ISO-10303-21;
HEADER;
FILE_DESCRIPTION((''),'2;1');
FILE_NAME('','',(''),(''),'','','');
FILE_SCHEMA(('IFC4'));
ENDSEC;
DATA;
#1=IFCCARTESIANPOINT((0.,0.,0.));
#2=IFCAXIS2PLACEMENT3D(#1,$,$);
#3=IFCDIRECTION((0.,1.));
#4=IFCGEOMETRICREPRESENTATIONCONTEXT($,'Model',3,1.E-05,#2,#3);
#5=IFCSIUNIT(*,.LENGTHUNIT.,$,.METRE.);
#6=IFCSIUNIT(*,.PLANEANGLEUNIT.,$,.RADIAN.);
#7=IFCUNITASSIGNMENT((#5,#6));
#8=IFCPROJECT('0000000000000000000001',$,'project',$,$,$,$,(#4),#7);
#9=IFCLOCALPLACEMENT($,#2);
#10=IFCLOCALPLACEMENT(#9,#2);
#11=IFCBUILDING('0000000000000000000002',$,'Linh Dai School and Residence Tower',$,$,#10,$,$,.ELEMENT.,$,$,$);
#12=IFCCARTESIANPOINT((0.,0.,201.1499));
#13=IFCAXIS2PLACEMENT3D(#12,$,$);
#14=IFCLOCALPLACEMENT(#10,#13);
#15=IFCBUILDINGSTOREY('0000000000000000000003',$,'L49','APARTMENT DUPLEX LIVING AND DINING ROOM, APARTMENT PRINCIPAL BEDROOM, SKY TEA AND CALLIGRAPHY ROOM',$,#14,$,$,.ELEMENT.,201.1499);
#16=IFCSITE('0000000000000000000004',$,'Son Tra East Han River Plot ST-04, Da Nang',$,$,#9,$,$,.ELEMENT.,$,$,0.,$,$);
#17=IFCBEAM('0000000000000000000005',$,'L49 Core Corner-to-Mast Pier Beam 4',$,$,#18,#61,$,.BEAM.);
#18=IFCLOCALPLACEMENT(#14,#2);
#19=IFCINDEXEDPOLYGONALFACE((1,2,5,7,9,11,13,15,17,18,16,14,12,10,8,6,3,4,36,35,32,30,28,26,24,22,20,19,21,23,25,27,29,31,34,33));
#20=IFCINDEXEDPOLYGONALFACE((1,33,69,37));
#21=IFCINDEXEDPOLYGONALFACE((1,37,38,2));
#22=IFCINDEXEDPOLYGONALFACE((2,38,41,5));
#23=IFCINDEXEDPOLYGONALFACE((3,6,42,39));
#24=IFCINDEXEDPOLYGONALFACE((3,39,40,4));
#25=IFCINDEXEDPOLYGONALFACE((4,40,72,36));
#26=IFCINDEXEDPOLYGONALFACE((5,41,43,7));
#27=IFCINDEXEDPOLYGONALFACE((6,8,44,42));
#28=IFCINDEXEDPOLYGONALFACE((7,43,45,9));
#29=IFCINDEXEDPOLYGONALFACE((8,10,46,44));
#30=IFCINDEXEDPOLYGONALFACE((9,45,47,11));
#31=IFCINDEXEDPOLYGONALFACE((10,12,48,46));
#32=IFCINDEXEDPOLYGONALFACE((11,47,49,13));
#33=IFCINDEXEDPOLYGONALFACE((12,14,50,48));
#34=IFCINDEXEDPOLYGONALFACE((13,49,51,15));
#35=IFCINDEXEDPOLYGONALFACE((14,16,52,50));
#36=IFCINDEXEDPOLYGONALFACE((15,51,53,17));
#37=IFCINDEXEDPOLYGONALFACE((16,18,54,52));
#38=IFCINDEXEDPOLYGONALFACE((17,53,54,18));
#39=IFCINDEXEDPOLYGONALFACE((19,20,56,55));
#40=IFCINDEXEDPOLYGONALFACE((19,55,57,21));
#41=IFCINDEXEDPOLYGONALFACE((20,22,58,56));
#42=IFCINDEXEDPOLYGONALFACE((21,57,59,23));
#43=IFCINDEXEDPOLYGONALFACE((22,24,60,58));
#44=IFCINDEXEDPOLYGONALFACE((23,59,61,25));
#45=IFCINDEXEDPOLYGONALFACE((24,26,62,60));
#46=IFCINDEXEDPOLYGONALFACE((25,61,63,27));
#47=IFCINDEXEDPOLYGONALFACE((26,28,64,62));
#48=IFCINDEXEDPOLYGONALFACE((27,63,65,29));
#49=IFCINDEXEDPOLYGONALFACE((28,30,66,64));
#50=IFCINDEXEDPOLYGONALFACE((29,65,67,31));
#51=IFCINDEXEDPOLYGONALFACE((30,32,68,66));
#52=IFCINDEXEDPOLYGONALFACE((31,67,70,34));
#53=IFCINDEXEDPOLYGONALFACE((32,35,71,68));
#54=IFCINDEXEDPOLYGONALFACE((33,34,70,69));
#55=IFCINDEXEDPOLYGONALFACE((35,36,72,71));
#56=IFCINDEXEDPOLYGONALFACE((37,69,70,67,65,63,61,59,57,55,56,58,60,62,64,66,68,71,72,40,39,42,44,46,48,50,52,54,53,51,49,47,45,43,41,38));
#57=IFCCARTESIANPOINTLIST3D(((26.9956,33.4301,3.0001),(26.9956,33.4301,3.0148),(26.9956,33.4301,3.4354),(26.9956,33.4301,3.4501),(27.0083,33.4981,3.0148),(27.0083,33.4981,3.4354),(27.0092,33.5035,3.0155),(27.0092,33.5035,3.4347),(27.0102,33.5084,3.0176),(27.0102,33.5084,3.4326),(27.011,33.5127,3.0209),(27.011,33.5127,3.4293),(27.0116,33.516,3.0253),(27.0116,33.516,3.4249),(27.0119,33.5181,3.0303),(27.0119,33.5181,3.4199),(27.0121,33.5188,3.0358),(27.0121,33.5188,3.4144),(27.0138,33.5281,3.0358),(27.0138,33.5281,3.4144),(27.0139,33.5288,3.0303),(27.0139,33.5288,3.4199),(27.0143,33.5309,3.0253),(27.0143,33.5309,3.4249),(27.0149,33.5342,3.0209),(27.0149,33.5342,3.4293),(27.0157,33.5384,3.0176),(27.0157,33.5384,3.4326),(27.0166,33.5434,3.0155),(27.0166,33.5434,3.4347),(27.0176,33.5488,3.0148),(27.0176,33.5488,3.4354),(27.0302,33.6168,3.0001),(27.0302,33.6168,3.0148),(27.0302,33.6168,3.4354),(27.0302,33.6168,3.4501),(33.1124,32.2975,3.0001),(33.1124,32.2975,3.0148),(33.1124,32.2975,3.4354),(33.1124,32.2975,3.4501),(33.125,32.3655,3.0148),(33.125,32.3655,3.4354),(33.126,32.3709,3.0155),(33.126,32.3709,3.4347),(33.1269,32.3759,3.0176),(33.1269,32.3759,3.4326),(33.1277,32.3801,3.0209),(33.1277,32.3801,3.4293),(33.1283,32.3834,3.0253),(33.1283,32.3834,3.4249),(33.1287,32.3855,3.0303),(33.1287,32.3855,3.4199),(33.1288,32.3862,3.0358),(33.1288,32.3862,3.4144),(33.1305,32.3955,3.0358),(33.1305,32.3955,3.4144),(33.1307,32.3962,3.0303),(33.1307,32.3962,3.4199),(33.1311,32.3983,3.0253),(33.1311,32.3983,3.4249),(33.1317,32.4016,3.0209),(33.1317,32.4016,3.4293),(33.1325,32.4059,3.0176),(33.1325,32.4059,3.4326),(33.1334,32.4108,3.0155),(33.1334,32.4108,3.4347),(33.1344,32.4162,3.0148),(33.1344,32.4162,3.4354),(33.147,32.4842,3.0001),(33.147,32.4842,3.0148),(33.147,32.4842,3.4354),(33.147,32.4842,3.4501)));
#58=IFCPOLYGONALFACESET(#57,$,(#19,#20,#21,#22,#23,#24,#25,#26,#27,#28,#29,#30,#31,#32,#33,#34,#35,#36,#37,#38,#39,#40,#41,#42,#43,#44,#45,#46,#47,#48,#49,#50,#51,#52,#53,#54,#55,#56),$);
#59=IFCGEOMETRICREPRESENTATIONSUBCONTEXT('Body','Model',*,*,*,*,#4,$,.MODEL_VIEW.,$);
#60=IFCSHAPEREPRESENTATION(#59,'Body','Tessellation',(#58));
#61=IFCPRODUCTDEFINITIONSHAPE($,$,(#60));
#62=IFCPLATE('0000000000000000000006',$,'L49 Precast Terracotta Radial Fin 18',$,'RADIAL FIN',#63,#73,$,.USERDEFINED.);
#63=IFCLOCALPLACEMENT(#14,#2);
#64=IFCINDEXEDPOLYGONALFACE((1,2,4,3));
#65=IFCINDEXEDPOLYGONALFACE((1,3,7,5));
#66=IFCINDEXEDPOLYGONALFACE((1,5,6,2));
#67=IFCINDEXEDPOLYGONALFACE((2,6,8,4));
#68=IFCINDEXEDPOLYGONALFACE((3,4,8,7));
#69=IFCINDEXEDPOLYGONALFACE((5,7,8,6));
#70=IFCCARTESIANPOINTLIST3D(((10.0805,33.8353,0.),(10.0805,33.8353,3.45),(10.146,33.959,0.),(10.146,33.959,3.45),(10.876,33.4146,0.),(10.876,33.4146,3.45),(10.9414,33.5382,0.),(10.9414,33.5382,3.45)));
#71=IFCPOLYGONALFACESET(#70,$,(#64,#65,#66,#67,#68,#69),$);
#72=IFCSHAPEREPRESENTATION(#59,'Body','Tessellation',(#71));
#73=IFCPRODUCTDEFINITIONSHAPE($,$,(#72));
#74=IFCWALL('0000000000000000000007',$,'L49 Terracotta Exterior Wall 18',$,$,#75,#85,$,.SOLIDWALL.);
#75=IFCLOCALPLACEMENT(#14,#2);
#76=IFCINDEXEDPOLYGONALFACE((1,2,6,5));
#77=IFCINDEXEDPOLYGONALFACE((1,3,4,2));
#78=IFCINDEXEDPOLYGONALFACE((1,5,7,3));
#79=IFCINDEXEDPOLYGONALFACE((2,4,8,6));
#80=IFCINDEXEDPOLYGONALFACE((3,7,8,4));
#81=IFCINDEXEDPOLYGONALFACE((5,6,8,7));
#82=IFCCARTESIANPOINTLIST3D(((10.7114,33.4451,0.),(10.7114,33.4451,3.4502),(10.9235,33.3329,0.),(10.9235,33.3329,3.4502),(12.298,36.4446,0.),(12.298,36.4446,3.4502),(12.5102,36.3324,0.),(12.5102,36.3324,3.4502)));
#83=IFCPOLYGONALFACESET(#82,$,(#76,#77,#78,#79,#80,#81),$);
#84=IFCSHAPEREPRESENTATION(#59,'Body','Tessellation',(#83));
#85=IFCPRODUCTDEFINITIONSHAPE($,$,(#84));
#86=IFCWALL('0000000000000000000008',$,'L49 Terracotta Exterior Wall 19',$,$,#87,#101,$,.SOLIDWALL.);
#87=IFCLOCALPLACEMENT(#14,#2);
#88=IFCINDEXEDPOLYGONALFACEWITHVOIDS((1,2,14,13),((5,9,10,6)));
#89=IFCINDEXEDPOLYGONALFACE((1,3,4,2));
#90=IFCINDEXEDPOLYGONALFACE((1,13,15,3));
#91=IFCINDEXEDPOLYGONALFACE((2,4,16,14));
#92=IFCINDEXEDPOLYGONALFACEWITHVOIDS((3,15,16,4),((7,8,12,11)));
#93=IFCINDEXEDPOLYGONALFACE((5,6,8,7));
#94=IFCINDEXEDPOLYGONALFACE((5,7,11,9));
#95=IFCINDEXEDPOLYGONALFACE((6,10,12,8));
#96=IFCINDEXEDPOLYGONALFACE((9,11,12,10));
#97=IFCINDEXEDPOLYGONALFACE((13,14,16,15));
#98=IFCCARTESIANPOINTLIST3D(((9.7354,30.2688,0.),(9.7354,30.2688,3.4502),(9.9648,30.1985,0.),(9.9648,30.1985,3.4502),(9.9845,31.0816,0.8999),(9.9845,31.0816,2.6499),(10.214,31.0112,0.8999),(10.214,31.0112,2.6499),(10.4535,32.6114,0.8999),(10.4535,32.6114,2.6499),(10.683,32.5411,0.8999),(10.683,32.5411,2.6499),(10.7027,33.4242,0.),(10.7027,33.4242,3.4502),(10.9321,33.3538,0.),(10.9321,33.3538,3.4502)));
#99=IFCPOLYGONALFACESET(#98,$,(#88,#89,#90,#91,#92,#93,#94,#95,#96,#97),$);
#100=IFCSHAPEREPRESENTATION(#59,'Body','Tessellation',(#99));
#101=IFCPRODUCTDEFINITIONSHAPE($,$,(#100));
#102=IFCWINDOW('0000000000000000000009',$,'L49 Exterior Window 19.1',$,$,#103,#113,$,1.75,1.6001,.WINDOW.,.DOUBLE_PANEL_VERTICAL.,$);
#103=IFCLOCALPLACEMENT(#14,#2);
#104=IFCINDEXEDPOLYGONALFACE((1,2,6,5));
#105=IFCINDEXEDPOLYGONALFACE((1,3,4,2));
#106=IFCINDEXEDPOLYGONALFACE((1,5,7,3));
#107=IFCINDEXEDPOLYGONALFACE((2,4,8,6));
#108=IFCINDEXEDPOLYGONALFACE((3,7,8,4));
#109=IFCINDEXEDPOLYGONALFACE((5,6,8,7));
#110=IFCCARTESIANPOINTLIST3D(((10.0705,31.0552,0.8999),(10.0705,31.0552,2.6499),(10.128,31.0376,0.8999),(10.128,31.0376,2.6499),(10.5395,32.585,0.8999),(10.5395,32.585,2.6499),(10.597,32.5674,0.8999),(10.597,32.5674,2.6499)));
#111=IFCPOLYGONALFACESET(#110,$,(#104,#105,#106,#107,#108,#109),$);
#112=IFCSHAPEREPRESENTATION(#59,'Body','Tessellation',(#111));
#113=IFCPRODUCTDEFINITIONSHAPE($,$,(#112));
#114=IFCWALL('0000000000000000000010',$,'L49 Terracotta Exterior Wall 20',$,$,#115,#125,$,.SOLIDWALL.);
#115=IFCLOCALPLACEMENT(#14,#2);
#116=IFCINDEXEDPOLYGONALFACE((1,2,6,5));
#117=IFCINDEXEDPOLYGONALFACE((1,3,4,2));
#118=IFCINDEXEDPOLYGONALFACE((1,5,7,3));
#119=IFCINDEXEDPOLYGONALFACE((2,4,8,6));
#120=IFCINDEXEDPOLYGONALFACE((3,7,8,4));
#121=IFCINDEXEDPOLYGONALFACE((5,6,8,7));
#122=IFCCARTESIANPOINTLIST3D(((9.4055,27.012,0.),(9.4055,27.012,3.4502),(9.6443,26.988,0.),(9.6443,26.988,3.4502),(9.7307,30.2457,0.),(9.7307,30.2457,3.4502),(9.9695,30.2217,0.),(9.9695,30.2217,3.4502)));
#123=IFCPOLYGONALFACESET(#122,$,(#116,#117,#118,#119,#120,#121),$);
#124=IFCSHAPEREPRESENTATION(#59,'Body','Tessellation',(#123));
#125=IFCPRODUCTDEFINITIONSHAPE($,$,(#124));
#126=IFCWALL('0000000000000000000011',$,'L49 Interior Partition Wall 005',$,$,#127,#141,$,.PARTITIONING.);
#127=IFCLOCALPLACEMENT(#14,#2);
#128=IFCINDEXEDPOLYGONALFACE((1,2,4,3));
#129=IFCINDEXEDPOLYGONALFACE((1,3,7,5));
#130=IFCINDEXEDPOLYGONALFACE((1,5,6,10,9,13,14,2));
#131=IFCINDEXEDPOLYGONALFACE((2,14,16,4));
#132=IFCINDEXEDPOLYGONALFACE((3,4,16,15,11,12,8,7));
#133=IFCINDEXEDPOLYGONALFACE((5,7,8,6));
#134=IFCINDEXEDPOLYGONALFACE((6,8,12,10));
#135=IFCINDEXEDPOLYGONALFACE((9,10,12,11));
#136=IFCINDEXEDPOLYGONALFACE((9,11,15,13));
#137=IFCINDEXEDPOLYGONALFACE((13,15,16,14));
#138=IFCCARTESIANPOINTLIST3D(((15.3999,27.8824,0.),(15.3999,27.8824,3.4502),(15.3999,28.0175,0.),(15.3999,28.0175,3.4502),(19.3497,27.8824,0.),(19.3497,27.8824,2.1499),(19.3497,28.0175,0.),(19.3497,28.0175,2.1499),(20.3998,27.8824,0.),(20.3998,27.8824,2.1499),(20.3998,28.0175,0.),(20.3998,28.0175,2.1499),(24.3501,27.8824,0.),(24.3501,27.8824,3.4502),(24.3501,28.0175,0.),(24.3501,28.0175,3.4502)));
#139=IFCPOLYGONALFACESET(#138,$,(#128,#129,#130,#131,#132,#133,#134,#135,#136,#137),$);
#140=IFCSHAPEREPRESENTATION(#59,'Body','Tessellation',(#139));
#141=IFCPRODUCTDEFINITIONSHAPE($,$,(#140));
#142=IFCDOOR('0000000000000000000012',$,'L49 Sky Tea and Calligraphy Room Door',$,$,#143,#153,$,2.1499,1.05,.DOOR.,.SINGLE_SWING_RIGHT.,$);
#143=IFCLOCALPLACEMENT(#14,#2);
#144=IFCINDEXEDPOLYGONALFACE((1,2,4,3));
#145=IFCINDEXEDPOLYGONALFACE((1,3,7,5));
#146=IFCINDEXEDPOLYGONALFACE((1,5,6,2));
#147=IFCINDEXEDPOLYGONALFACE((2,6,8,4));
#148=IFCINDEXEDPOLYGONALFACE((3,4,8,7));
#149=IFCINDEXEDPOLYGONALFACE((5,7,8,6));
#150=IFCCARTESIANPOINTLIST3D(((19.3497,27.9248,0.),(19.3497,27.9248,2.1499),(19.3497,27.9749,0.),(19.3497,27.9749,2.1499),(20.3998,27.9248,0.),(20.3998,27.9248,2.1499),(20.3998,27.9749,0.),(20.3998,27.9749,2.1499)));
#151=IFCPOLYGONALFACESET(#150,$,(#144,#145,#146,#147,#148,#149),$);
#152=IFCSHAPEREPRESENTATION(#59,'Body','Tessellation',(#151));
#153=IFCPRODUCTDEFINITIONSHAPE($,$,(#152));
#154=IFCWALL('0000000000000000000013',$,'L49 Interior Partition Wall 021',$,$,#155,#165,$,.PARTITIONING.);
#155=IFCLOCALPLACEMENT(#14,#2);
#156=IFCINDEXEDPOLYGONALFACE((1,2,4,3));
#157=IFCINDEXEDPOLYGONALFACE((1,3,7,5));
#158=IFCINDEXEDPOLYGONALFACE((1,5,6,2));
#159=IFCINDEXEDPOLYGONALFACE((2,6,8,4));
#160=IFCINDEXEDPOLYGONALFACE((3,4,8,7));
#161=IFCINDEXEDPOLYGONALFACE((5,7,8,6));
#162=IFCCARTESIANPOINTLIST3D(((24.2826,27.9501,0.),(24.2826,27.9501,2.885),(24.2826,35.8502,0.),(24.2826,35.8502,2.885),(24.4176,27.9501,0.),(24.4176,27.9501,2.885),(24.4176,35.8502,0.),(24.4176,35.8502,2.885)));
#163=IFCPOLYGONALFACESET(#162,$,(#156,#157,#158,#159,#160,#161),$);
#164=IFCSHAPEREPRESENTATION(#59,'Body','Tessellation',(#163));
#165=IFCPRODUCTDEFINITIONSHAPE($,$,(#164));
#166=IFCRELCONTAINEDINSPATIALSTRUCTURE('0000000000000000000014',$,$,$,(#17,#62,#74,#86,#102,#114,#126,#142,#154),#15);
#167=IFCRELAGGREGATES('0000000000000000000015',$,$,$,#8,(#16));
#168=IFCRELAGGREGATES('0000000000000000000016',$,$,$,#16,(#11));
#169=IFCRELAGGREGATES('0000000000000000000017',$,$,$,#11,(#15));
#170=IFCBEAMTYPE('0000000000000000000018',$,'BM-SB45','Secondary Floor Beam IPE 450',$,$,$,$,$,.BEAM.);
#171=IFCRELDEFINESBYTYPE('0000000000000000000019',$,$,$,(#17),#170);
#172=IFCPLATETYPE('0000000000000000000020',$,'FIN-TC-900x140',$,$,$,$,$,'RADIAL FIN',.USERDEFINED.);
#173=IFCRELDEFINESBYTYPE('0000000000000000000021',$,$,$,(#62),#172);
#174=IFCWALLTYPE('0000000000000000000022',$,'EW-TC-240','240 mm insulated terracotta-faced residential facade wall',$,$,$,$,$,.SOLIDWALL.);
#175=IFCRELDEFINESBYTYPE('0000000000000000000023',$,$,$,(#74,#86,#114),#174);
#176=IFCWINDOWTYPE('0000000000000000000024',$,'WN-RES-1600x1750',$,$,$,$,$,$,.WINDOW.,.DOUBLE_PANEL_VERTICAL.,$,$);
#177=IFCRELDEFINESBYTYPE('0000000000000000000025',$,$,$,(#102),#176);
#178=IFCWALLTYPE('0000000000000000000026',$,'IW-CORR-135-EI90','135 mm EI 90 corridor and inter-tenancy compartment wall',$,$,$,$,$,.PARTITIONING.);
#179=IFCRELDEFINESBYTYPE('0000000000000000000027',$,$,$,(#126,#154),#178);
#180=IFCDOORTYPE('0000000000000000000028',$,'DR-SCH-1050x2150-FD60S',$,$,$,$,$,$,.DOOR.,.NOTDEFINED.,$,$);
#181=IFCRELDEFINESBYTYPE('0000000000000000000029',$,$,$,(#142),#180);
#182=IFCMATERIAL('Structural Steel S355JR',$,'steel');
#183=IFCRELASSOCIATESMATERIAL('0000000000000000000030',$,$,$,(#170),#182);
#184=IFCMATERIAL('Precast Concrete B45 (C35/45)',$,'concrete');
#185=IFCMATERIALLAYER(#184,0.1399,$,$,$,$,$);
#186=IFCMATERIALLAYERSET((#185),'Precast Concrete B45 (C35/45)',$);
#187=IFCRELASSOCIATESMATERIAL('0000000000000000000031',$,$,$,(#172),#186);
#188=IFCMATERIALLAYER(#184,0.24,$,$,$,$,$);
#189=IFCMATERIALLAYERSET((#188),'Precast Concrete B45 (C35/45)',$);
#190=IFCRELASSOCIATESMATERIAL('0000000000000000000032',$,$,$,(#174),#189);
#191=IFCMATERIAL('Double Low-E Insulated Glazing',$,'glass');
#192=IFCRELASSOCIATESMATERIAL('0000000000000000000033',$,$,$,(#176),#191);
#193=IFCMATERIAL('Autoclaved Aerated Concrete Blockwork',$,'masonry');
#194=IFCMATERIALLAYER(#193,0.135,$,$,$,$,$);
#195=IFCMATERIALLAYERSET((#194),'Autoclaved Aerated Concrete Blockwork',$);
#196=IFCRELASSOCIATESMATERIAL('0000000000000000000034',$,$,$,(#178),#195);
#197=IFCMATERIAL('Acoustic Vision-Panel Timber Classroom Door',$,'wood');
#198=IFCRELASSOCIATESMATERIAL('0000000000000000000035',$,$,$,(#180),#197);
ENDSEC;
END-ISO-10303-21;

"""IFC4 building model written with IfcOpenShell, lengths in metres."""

from ifc_helpers import new_model, si_unit, direction, frame, frame_2d, origin, origin_2d, place, context, subcontext, project, spatial, rectangle, i_section, extrude, source, transform, mapped, material, layer, layer_set, material_profile, profile_set, type_object, element, fill, save


model = new_model("IFC4")

# Units and contexts
model_context = context("Model", 3, precision=1e-05, world=origin(), true_north=direction((0.0, 1.0)))
body_context = subcontext(model_context, "Body", "Model", "MODEL_VIEW")
ifc_project = project(units=[si_unit("LENGTHUNIT", "METRE"), si_unit("PLANEANGLEUNIT", "RADIAN")], contexts=[model_context])

# Site, building, storey
site_placement = place(None, origin())
site = spatial("IfcSite", under=ifc_project, at=site_placement, Name="Son Tra East Han River Plot ST-04, Da Nang", CompositionType="ELEMENT", RefElevation=0.0)
building_placement = place(site_placement, origin())
building = spatial("IfcBuilding", under=site, at=building_placement, Name="Linh Dai School and Residence Tower", CompositionType="ELEMENT")
storey_placement = place(building_placement, frame((0.0, 0.0, 201.1499)))
storey = spatial("IfcBuildingStorey", under=building, at=storey_placement, Name="L49", Description="APARTMENT DUPLEX LIVING AND DINING ROOM, APARTMENT PRINCIPAL BEDROOM, SKY TEA AND CALLIGRAPHY ROOM", CompositionType="ELEMENT", Elevation=201.1499)

# Shared definitions
ifc_material_1 = material(Name="Structural Steel S355JR", Category="steel")

# Beam
ifc_material_profile_1 = material_profile(ifc_material_1, i_section(OverallWidth=0.1899, OverallDepth=0.45, WebThickness=0.0095, FlangeThickness=0.0146, FilletRadius=0.021, at=origin_2d()), Name="IPE 450")
ifc_profile_set_1 = profile_set([ifc_material_profile_1], Name="Structural Steel S355JR")
beam_type_1 = type_object("IfcBeamType", Name="BM-SB45", Description="Secondary Floor Beam IPE 450", PredefinedType="BEAM", material=ifc_profile_set_1)
beam_1_placement = place(storey_placement, frame((27.0129, 33.5234, 3.2251), z_axis=(0.983286, -0.182065, 0.0), x_axis=(0.182065, 0.983286, 0.0)))
element("IfcBeam", 1, at=beam_1_placement, inside=storey, type_object=beam_type_1, Name="L49 Core Corner-to-Mast Pier Beam 4", PredefinedType="BEAM", context=body_context, shape_type="SweptSolid", body=[
    extrude(i_section(OverallWidth=0.1899, OverallDepth=0.45, WebThickness=0.0095, FlangeThickness=0.0146, FilletRadius=0.021, at=origin_2d()), origin(), (0.0, 0.0, 1.0), 6.2207),
])

# Plate
ifc_material_2 = material(Name="Precast Concrete B45 (C35/45)", Category="concrete")
ifc_layer_1 = layer(ifc_material_2, 0.1399)
ifc_layer_set_1 = layer_set([ifc_layer_1], Name="Precast Concrete B45 (C35/45)")
plate_type = type_object("IfcPlateType", Name="FIN-TC-900x140", ElementType="RADIAL FIN", PredefinedType="USERDEFINED", material=ifc_layer_set_1)
shared_shape_1 = source(origin(), body_context, "Body", "SweptSolid", [
    extrude(rectangle(XDim=0.8999, YDim=0.1399, at=origin_2d()), origin(), (0.0, 0.0, 1.0), 3.45),
])
plate_placement = place(storey_placement, frame((10.511, 33.6868, 0.0), z_axis=(0.0, 0.0, 1.0), x_axis=(-0.883951, 0.46758, 0.0)))
element("IfcPlate", 2, at=plate_placement, inside=storey, type_object=plate_type, Name="L49 Precast Terracotta Radial Fin 18", ObjectType="RADIAL FIN", PredefinedType="USERDEFINED", context=body_context, shape_type="MappedRepresentation", body=[
    mapped(shared_shape_1, transform((0.0, 0.0, 0.0), x_axis=(1.0, 0.0, 0.0), y_axis=(0.0, 1.0, 0.0), z_axis=(0.0, 0.0, 1.0), scale=1.0)),
])

# Wall
ifc_layer_2 = layer(ifc_material_2, 0.24)
ifc_layer_set_2 = layer_set([ifc_layer_2], Name="Precast Concrete B45 (C35/45)")
wall_type_1 = type_object("IfcWallType", Name="EW-TC-240", Description="240 mm insulated terracotta-faced residential facade wall", PredefinedType="SOLIDWALL", material=ifc_layer_set_2)
wall_1_placement = place(storey_placement, frame((10.8174, 33.3889, 0.0), z_axis=(0.0, 0.0, 1.0), x_axis=(0.467587, 0.883947, 0.0)))
element("IfcWall", 3, at=wall_1_placement, inside=storey, type_object=wall_type_1, Name="L49 Terracotta Exterior Wall 18", PredefinedType="SOLIDWALL", context=body_context, shape_type="SweptSolid", body=[
    extrude(rectangle(XDim=3.3933, YDim=0.24, at=frame_2d((1.6968, 0.0))), origin(), (0.0, 0.0, 1.0), 3.4502),
])

# Wall, opening, window
wall_2_placement = place(storey_placement, frame((9.8501, 30.2336, 0.0), z_axis=(0.0, 0.0, 1.0), x_axis=(0.293098, 0.956082, 0.0)))
wall_2 = element("IfcWall", 4, at=wall_2_placement, inside=storey, type_object=wall_type_1, Name="L49 Terracotta Exterior Wall 19", PredefinedType="SOLIDWALL", context=body_context, shape_type="SweptSolid", body=[
    extrude(rectangle(XDim=3.3003, YDim=0.24, at=frame_2d((1.6501, 0.0))), origin(), (0.0, 0.0, 1.0), 3.4502),
])
opening_1_placement = place(wall_2_placement, frame((0.8501, 0.0, 0.8999)))
opening_1 = element("IfcOpeningElement", 5, at=opening_1_placement, cuts=wall_2, PredefinedType="OPENING", context=body_context, shape_type="SweptSolid", body=[
    extrude(rectangle(XDim=1.6001, YDim=1.75, at=origin_2d()), frame((0.8, 0.1299, 0.875), z_axis=(0.0, -1.0, 0.0), x_axis=(1.0, 0.0, 0.0)), (0.0, 0.0, 1.0), 0.26),
])
ifc_material_3 = material(Name="Double Low-E Insulated Glazing", Category="glass")
window_type = type_object("IfcWindowType", Name="WN-RES-1600x1750", PartitioningType="DOUBLE_PANEL_VERTICAL", PredefinedType="WINDOW", material=ifc_material_3)
shared_shape_2 = source(origin(), body_context, "Body", "SweptSolid", [
    extrude(rectangle(XDim=1.6001, YDim=1.75, at=origin_2d()), frame((0.8, 0.03, 0.875), z_axis=(0.0, -1.0, 0.0), x_axis=(1.0, 0.0, 0.0)), (0.0, 0.0, 1.0), 0.0601),
])
window_placement = place(opening_1_placement, origin())
window = element("IfcWindow", 6, at=window_placement, inside=storey, type_object=window_type, Name="L49 Exterior Window 19.1", OverallHeight=1.75, OverallWidth=1.6001, PartitioningType="DOUBLE_PANEL_VERTICAL", PredefinedType="WINDOW", context=body_context, shape_type="MappedRepresentation", body=[
    mapped(shared_shape_2, transform((0.0, 0.0, 0.0), x_axis=(1.0, 0.0, 0.0), y_axis=(0.0, 1.0, 0.0), z_axis=(0.0, 0.0, 1.0), scale=1.0)),
])
fill(opening_1, window)

# Wall
wall_3_placement = place(storey_placement, frame((9.5249, 27.0, 0.0), z_axis=(0.0, 0.0, 1.0), x_axis=(0.100062, 0.994981, 0.0)))
element("IfcWall", 7, at=wall_3_placement, inside=storey, type_object=wall_type_1, Name="L49 Terracotta Exterior Wall 20", PredefinedType="SOLIDWALL", context=body_context, shape_type="SweptSolid", body=[
    extrude(rectangle(XDim=3.25, YDim=0.24, at=frame_2d((1.625, 0.0))), origin(), (0.0, 0.0, 1.0), 3.4502),
])

# Wall, opening, door
ifc_material_4 = material(Name="Autoclaved Aerated Concrete Blockwork", Category="masonry")
ifc_layer_3 = layer(ifc_material_4, 0.135)
ifc_layer_set_3 = layer_set([ifc_layer_3], Name="Autoclaved Aerated Concrete Blockwork")
wall_type_2 = type_object("IfcWallType", Name="IW-CORR-135-EI90", Description="135 mm EI 90 corridor and inter-tenancy compartment wall", PredefinedType="PARTITIONING", material=ifc_layer_set_3)
wall_4_placement = place(storey_placement, frame((15.3999, 27.95, 0.0), z_axis=(0.0, 0.0, 1.0), x_axis=(1.0, 0.0, 0.0)))
wall_4 = element("IfcWall", 8, at=wall_4_placement, inside=storey, type_object=wall_type_2, Name="L49 Interior Partition Wall 005", PredefinedType="PARTITIONING", context=body_context, shape_type="SweptSolid", body=[
    extrude(rectangle(XDim=8.9502, YDim=0.135, at=frame_2d((4.4751, 0.0))), origin(), (0.0, 0.0, 1.0), 3.4502),
])
opening_2_placement = place(wall_4_placement, frame((3.95, 0.0, 0.0)))
opening_2 = element("IfcOpeningElement", 9, at=opening_2_placement, cuts=wall_4, PredefinedType="OPENING", context=body_context, shape_type="SweptSolid", body=[
    extrude(rectangle(XDim=1.05, YDim=2.1499, at=origin_2d()), frame((0.5249, 0.0776, 1.075), z_axis=(0.0, -1.0, 0.0), x_axis=(1.0, 0.0, 0.0)), (0.0, 0.0, 1.0), 0.155),
])
ifc_material_5 = material(Name="Acoustic Vision-Panel Timber Classroom Door", Category="wood")
door_type_1 = type_object("IfcDoorType", Name="DR-SCH-1050x2150-FD60S", OperationType="NOTDEFINED", PredefinedType="DOOR", material=ifc_material_5)
shared_shape_3 = source(origin(), body_context, "Body", "SweptSolid", [
    extrude(rectangle(XDim=1.05, YDim=2.1499, at=origin_2d()), frame((0.5249, 0.0249, 1.075), z_axis=(0.0, -1.0, 0.0), x_axis=(1.0, 0.0, 0.0)), (0.0, 0.0, 1.0), 0.05),
])
door_1_placement = place(opening_2_placement, origin())
door_1 = element("IfcDoor", 10, at=door_1_placement, inside=storey, type_object=door_type_1, Name="L49 Sky Tea and Calligraphy Room Door", OperationType="SINGLE_SWING_RIGHT", OverallHeight=2.1499, OverallWidth=1.05, PredefinedType="DOOR", context=body_context, shape_type="MappedRepresentation", body=[
    mapped(shared_shape_3, transform((0.0, 0.0, 0.0), x_axis=(1.0, 0.0, 0.0), y_axis=(0.0, 1.0, 0.0), z_axis=(0.0, 0.0, 1.0), scale=1.0)),
])
fill(opening_2, door_1)

# Wall
wall_5_placement = place(storey_placement, frame((24.3501, 27.95, 0.0), z_axis=(0.0, 0.0, 1.0), x_axis=(0.0, 1.0, 0.0)))
element("IfcWall", 11, at=wall_5_placement, inside=storey, type_object=wall_type_2, Name="L49 Interior Partition Wall 021", PredefinedType="PARTITIONING", context=body_context, shape_type="SweptSolid", body=[
    extrude(rectangle(XDim=7.9001, YDim=0.135, at=frame_2d((3.9502, 0.0))), origin(), (0.0, 0.0, 1.0), 2.885),
])

save(model, "model.ifc")
